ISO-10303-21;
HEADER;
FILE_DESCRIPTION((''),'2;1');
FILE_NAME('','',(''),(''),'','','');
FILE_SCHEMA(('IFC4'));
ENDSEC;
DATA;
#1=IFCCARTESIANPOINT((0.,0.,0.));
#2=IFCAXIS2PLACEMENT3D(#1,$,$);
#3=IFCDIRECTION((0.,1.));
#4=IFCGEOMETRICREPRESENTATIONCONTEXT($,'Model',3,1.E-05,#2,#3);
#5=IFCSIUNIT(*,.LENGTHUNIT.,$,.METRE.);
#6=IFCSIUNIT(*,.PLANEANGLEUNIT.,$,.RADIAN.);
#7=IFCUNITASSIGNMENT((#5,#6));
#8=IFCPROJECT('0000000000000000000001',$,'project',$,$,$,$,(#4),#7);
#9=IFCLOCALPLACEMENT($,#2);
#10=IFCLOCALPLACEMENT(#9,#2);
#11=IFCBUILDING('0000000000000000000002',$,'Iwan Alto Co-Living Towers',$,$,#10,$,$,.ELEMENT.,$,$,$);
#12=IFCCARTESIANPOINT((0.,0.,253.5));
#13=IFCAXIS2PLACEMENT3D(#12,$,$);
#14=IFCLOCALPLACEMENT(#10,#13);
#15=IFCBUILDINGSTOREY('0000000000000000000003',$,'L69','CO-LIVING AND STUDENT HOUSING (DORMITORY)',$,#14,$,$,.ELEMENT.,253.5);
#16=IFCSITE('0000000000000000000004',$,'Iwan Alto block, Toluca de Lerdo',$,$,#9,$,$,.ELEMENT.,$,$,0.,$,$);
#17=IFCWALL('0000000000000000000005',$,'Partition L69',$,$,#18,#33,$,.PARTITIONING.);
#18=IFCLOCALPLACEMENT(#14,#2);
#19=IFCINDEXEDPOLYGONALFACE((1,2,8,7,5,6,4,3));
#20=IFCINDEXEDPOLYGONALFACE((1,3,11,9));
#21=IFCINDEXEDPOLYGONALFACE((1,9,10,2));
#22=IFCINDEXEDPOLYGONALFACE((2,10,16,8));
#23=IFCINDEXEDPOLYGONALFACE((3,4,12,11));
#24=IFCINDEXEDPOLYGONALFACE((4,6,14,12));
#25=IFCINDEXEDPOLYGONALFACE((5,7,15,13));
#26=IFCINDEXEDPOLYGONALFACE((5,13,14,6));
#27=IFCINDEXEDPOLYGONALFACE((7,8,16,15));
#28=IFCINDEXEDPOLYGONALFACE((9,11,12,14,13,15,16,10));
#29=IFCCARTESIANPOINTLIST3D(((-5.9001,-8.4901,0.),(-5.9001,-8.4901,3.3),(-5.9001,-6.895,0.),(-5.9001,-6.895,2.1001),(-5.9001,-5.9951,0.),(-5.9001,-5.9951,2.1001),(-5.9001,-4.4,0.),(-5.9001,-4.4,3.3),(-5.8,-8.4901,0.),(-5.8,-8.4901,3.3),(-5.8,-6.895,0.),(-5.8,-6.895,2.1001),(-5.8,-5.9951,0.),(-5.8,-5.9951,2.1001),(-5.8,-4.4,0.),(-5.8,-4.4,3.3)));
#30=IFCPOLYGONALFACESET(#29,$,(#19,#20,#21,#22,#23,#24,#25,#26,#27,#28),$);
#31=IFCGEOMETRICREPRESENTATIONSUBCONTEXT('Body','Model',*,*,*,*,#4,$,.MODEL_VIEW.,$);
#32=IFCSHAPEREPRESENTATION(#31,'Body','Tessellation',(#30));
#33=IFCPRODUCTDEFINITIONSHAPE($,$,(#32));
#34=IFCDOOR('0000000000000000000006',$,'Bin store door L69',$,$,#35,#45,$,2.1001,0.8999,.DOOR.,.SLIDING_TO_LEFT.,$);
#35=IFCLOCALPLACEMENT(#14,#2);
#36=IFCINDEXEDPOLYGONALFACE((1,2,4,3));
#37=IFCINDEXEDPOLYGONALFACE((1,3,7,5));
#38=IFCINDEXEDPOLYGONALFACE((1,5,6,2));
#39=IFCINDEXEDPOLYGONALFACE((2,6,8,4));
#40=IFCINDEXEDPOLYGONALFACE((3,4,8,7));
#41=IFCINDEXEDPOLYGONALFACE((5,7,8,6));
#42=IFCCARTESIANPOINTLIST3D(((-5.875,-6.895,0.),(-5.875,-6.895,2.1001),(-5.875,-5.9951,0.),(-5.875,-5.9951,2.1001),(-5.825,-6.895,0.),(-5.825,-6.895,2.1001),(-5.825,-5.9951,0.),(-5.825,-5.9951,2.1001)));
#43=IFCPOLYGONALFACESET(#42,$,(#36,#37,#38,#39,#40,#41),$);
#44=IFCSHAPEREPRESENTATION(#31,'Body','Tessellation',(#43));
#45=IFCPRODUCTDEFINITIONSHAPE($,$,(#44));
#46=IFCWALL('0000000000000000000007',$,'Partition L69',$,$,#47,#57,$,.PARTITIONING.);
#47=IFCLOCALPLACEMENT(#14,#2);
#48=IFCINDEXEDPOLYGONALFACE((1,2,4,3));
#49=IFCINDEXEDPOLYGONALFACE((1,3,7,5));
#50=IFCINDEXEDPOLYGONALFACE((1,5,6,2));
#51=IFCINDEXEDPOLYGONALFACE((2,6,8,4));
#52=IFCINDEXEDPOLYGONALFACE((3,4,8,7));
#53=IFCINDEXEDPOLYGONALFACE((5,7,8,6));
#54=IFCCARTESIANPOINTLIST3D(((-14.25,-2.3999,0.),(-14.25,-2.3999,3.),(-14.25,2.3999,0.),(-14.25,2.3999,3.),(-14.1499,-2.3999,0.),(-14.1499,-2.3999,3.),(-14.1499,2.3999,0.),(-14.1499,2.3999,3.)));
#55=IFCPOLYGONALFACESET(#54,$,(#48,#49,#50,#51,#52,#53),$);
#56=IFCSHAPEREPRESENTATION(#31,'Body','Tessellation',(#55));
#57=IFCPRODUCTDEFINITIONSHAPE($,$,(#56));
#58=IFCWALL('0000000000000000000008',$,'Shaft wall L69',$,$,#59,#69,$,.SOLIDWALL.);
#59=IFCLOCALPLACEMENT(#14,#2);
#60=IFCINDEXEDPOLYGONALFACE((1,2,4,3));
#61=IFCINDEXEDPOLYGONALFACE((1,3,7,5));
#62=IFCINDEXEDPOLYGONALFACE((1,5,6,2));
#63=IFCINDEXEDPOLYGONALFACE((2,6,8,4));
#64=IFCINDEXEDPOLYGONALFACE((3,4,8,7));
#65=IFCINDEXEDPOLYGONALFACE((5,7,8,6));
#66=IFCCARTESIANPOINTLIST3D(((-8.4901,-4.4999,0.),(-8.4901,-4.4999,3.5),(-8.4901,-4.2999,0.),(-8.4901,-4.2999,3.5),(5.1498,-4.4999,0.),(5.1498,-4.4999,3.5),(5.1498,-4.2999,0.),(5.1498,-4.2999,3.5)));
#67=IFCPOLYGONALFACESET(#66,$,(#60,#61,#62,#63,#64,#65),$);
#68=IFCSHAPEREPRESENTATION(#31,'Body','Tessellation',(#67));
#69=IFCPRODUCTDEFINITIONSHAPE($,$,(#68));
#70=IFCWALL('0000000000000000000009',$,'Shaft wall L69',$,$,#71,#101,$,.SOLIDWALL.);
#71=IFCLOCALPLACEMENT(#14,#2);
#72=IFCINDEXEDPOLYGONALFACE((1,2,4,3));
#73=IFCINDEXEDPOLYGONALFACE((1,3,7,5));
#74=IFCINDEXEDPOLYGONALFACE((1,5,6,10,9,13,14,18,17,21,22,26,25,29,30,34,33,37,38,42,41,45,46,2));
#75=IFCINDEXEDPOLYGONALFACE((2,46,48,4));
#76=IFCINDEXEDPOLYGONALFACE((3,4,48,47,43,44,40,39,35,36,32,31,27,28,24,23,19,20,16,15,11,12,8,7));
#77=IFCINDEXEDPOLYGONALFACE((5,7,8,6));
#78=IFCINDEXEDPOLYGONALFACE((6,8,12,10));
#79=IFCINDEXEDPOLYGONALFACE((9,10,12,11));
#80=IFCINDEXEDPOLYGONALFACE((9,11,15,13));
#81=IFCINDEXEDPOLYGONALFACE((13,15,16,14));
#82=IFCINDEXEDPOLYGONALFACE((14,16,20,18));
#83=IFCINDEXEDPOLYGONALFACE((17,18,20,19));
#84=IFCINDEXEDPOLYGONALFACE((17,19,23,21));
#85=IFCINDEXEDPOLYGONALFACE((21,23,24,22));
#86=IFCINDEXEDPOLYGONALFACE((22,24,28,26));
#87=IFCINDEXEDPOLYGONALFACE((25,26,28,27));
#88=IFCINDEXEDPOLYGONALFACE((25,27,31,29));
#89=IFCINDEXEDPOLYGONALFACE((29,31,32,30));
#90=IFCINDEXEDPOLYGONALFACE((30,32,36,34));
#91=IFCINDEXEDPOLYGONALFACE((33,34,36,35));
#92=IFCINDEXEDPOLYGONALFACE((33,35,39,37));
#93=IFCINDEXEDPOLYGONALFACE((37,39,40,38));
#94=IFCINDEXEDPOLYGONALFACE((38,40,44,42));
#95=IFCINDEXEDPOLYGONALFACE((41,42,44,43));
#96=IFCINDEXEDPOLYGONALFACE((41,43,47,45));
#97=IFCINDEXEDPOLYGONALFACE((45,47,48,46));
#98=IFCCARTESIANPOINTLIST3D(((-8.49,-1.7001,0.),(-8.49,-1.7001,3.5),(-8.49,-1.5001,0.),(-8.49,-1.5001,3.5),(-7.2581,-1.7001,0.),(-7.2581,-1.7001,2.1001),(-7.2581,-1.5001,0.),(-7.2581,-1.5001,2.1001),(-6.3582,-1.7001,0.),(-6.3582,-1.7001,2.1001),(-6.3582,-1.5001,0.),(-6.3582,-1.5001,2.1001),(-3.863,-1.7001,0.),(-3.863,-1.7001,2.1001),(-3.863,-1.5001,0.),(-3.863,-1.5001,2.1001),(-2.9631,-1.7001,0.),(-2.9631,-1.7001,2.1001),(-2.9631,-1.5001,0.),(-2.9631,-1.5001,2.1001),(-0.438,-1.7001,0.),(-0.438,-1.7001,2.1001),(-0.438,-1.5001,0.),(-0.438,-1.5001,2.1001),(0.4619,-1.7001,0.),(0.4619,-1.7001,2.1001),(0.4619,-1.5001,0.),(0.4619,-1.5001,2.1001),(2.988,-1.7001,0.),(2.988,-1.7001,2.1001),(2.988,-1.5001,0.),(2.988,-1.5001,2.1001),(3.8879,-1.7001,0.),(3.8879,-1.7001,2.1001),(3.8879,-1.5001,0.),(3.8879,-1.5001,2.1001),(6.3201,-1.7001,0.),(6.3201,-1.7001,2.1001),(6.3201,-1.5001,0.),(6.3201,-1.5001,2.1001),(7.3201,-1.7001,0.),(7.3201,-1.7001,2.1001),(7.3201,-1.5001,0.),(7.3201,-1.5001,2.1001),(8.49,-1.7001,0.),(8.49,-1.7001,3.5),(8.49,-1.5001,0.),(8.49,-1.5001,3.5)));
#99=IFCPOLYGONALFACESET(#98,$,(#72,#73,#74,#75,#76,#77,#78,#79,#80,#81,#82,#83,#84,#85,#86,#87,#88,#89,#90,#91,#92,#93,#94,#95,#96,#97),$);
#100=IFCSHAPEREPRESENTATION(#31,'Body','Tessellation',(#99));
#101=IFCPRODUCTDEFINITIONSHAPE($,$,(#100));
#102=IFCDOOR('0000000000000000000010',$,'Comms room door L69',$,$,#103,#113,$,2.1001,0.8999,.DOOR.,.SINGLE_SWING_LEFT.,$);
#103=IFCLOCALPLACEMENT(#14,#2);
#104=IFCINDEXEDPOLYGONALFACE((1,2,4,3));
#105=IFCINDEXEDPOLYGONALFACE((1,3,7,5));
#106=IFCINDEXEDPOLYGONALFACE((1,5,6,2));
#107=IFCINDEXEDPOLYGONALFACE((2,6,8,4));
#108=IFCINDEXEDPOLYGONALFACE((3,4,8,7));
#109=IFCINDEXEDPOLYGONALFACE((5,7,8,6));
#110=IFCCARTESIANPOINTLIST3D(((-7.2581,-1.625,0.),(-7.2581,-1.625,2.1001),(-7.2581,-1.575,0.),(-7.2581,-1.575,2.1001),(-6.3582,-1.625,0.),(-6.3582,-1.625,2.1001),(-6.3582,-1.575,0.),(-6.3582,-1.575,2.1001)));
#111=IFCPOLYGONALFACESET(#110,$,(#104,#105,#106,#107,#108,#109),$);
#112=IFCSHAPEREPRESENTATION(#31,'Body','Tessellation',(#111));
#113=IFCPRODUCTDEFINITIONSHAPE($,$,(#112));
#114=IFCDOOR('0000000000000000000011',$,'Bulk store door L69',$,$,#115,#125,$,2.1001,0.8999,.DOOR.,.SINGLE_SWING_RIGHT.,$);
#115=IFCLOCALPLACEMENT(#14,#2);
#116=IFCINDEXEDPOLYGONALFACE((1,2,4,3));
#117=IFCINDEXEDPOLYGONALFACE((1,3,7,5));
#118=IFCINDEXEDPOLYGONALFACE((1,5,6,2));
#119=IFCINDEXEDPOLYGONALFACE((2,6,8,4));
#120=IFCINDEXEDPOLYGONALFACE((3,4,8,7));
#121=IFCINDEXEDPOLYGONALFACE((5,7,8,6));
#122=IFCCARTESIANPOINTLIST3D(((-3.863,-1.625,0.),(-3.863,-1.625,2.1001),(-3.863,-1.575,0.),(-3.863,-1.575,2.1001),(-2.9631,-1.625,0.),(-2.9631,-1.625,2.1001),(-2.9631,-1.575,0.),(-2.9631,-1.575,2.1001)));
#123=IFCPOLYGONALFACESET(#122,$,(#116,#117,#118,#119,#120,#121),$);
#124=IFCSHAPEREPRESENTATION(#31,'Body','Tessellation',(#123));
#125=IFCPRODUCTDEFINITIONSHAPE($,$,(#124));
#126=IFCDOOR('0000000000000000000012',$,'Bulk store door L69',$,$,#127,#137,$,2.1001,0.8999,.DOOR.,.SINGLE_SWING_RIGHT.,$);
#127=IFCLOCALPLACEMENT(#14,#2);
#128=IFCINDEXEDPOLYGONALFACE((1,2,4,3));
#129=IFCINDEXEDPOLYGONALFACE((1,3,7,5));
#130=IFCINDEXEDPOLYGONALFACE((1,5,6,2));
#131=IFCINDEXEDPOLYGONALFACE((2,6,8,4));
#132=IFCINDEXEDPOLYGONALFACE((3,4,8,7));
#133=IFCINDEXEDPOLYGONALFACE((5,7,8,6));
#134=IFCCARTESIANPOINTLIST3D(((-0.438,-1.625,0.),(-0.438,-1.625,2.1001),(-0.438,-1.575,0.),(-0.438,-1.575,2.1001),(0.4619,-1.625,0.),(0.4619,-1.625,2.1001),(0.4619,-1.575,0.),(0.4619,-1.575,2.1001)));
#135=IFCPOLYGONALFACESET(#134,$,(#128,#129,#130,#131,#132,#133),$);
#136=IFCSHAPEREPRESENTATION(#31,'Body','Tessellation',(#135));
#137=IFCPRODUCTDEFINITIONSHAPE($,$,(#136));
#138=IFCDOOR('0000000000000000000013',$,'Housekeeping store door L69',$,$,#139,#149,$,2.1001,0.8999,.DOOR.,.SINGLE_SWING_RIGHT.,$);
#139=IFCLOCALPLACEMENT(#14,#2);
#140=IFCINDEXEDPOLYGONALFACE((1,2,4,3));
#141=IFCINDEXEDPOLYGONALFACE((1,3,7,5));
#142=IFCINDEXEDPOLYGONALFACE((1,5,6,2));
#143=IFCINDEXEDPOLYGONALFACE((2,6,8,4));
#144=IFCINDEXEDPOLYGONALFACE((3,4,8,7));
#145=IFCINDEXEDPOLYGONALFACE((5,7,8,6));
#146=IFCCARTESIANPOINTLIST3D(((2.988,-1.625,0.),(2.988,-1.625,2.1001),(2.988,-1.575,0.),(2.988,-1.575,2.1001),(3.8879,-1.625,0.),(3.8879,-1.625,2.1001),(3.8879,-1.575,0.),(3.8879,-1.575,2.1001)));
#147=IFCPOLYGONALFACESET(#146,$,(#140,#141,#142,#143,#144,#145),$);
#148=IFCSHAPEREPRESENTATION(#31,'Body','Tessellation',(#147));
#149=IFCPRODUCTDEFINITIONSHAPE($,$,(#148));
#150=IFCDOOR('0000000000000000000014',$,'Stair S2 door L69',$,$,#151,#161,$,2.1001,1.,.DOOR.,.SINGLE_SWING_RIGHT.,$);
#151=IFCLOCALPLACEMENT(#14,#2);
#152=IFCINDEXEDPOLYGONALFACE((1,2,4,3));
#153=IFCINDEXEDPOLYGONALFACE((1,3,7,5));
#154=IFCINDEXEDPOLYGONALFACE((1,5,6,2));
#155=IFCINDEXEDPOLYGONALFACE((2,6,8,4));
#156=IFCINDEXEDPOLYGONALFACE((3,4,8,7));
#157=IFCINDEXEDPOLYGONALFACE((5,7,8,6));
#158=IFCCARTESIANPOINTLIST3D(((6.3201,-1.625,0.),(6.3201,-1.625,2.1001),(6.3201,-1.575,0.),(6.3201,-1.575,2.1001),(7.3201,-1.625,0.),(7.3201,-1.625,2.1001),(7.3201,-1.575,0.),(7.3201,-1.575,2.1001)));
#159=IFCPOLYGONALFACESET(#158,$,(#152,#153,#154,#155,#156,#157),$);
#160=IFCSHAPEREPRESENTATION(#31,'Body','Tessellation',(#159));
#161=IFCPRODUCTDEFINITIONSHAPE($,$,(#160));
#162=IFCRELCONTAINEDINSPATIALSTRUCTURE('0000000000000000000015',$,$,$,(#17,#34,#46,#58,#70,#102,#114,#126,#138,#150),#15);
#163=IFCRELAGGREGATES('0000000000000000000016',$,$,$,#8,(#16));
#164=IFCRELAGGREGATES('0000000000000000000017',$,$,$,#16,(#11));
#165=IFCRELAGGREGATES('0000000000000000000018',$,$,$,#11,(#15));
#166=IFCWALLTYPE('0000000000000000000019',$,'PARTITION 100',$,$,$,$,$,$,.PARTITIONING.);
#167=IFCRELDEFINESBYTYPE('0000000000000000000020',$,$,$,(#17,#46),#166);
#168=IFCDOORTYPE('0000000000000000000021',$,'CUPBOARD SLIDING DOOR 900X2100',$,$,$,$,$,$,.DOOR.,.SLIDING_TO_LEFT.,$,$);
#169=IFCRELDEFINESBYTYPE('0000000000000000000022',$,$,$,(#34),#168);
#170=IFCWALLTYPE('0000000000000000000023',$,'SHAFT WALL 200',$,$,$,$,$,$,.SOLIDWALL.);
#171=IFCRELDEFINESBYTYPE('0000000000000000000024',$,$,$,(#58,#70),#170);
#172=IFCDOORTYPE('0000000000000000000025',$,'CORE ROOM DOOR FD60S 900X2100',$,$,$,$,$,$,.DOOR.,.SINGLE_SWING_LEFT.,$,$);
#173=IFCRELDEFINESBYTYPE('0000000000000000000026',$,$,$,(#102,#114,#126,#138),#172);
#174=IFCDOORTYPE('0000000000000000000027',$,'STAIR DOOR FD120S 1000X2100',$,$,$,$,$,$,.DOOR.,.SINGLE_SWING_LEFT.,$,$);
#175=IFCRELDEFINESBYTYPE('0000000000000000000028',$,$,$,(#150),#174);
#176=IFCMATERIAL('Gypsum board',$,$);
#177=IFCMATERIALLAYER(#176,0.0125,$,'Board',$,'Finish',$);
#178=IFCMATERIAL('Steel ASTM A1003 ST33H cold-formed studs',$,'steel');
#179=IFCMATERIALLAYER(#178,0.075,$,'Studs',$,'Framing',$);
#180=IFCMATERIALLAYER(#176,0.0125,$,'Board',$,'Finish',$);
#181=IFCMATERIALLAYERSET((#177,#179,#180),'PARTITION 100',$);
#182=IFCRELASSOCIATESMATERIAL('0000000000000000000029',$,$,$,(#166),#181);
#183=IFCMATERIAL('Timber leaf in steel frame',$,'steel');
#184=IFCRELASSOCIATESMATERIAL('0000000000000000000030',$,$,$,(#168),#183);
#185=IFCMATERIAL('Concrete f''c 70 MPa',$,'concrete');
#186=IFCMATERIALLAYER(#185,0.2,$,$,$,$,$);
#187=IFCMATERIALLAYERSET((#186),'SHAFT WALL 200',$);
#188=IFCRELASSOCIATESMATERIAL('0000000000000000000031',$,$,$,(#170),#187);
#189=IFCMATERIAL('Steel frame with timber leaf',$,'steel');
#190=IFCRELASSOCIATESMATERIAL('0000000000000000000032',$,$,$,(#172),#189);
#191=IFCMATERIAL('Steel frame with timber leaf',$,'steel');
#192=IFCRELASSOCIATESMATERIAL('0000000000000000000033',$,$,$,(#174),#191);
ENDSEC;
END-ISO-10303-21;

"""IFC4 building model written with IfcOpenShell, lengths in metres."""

from ifc_helpers import new_model, si_unit, direction, frame, frame_2d, origin, place, context, subcontext, project, spatial, rectangle, extrude, material, layer, layer_set, type_object, element, fill, save


model = new_model("IFC4")

# Units and contexts
model_context = context("Model", 3, precision=1e-05, world=origin(), true_north=direction((0.0, 1.0)))
body_context = subcontext(model_context, "Body", "Model", "MODEL_VIEW")
ifc_project = project(units=[si_unit("LENGTHUNIT", "METRE"), si_unit("PLANEANGLEUNIT", "RADIAN")], contexts=[model_context])

# Site, building, storey
site_placement = place(None, origin())
site = spatial("IfcSite", under=ifc_project, at=site_placement, Name="Iwan Alto block, Toluca de Lerdo", CompositionType="ELEMENT", RefElevation=0.0)
building_placement = place(site_placement, origin())
building = spatial("IfcBuilding", under=site, at=building_placement, Name="Iwan Alto Co-Living Towers", CompositionType="ELEMENT")
storey_placement = place(building_placement, frame((0.0, 0.0, 253.5)))
storey = spatial("IfcBuildingStorey", under=building, at=storey_placement, Name="L69", Description="CO-LIVING AND STUDENT HOUSING (DORMITORY)", CompositionType="ELEMENT", Elevation=253.5)

# Wall, opening, door
ifc_material_1 = material(Name="Gypsum board")
ifc_layer_1 = layer(ifc_material_1, 0.0125, Name="Board", Category="Finish")
ifc_material_2 = material(Name="Steel ASTM A1003 ST33H cold-formed studs", Category="steel")
ifc_layer_2 = layer(ifc_material_2, 0.075, Name="Studs", Category="Framing")
ifc_layer_3 = layer(ifc_material_1, 0.0125, Name="Board", Category="Finish")
ifc_layer_set_1 = layer_set([ifc_layer_1, ifc_layer_2, ifc_layer_3], Name="PARTITION 100")
wall_type_1 = type_object("IfcWallType", Name="PARTITION 100", PredefinedType="PARTITIONING", material=ifc_layer_set_1)
wall_1_placement = place(storey_placement, frame((-5.8501, -8.49, 0.0), z_axis=(0.0, 0.0, 1.0), x_axis=(0.0, 1.0, 0.0)))
wall_1 = element("IfcWall", 1, at=wall_1_placement, inside=storey, type_object=wall_type_1, Name="Partition L69", PredefinedType="PARTITIONING", context=body_context, shape_type="SweptSolid", body=[
    extrude(rectangle(XDim=4.0901, YDim=0.1001, at=frame_2d((2.0449, 0.0))), origin(), (0.0, 0.0, 1.0), 3.3),
])
opening_1_placement = place(wall_1_placement, frame((1.595, 0.0, 0.0)))
opening_1 = element("IfcOpeningElement", 2, at=opening_1_placement, cuts=wall_1, PredefinedType="OPENING", context=body_context, shape_type="SweptSolid", body=[
    extrude(rectangle(XDim=0.8999, YDim=2.1001, at=frame_2d((0.45, 1.05))), frame((0.0, 0.0601, 0.0), z_axis=(0.0, -1.0, 0.0), x_axis=(1.0, 0.0, 0.0)), (0.0, 0.0, 1.0), 0.1201),
])
ifc_material_3 = material(Name="Timber leaf in steel frame", Category="steel")
door_type_1 = type_object("IfcDoorType", Name="CUPBOARD SLIDING DOOR 900X2100", OperationType="SLIDING_TO_LEFT", PredefinedType="DOOR", material=ifc_material_3)
door_1_placement = place(opening_1_placement, origin())
door_1 = element("IfcDoor", 3, at=door_1_placement, inside=storey, type_object=door_type_1, Name="Bin store door L69", OperationType="SLIDING_TO_LEFT", OverallHeight=2.1001, OverallWidth=0.8999, PredefinedType="DOOR", context=body_context, shape_type="SweptSolid", body=[
    extrude(rectangle(XDim=0.8999, YDim=2.1001, at=frame_2d((0.45, 1.05))), frame((0.0, 0.0249, 0.0), z_axis=(0.0, -1.0, 0.0), x_axis=(1.0, 0.0, 0.0)), (0.0, 0.0, 1.0), 0.05),
])
fill(opening_1, door_1)

# Walls
wall_2_placement = place(storey_placement, frame((-14.2, -2.3999, 0.0), z_axis=(0.0, 0.0, 1.0), x_axis=(0.0, 1.0, 0.0)))
element("IfcWall", 4, at=wall_2_placement, inside=storey, type_object=wall_type_1, Name="Partition L69", PredefinedType="PARTITIONING", context=body_context, shape_type="SweptSolid", body=[
    extrude(rectangle(XDim=4.7998, YDim=0.1001, at=frame_2d((2.3999, 0.0))), origin(), (0.0, 0.0, 1.0), 3.0),
])
ifc_material_4 = material(Name="Concrete f'c 70 MPa", Category="concrete")
ifc_layer_4 = layer(ifc_material_4, 0.2)
ifc_layer_set_2 = layer_set([ifc_layer_4], Name="SHAFT WALL 200")
wall_type_2 = type_object("IfcWallType", Name="SHAFT WALL 200", PredefinedType="SOLIDWALL", material=ifc_layer_set_2)
wall_3_placement = place(storey_placement, frame((-8.49, -4.3999, 0.0), z_axis=(0.0, 0.0, 1.0), x_axis=(1.0, 0.0, 0.0)))
element("IfcWall", 5, at=wall_3_placement, inside=storey, type_object=wall_type_2, Name="Shaft wall L69", PredefinedType="SOLIDWALL", context=body_context, shape_type="SweptSolid", body=[
    extrude(rectangle(XDim=13.6399, YDim=0.2, at=frame_2d((6.8198, 0.0))), origin(), (0.0, 0.0, 1.0), 3.5),
])

# Wall, openings, doors
wall_4_placement = place(storey_placement, frame((-8.49, -1.6001, 0.0), z_axis=(0.0, 0.0, 1.0), x_axis=(1.0, 0.0, 0.0)))
wall_4 = element("IfcWall", 6, at=wall_4_placement, inside=storey, type_object=wall_type_2, Name="Shaft wall L69", PredefinedType="SOLIDWALL", context=body_context, shape_type="SweptSolid", body=[
    extrude(rectangle(XDim=16.98, YDim=0.2, at=frame_2d((8.49, 0.0))), origin(), (0.0, 0.0, 1.0), 3.5),
])
opening_2_placement = place(wall_4_placement, frame((14.8101, 0.0, 0.0)))
opening_2 = element("IfcOpeningElement", 7, at=opening_2_placement, cuts=wall_4, PredefinedType="OPENING", context=body_context, shape_type="SweptSolid", body=[
    extrude(rectangle(XDim=1.0, YDim=2.1001, at=frame_2d((0.5, 1.05))), frame((0.0, 0.1099, 0.0), z_axis=(0.0, -1.0, 0.0), x_axis=(1.0, 0.0, 0.0)), (0.0, 0.0, 1.0), 0.22),
])
opening_3_placement = place(wall_4_placement, frame((1.2319, 0.0, 0.0)))
opening_3 = element("IfcOpeningElement", 8, at=opening_3_placement, cuts=wall_4, PredefinedType="OPENING", context=body_context, shape_type="SweptSolid", body=[
    extrude(rectangle(XDim=0.8999, YDim=2.1001, at=frame_2d((0.45, 1.05))), frame((0.0, 0.1099, 0.0), z_axis=(0.0, -1.0, 0.0), x_axis=(1.0, 0.0, 0.0)), (0.0, 0.0, 1.0), 0.22),
])
opening_4_placement = place(wall_4_placement, frame((4.627, 0.0, 0.0)))
opening_4 = element("IfcOpeningElement", 9, at=opening_4_placement, cuts=wall_4, PredefinedType="OPENING", context=body_context, shape_type="SweptSolid", body=[
    extrude(rectangle(XDim=0.8999, YDim=2.1001, at=frame_2d((0.45, 1.05))), frame((0.0, 0.1099, 0.0), z_axis=(0.0, -1.0, 0.0), x_axis=(1.0, 0.0, 0.0)), (0.0, 0.0, 1.0), 0.22),
])
opening_5_placement = place(wall_4_placement, frame((8.052, 0.0, 0.0)))
opening_5 = element("IfcOpeningElement", 10, at=opening_5_placement, cuts=wall_4, PredefinedType="OPENING", context=body_context, shape_type="SweptSolid", body=[
    extrude(rectangle(XDim=0.8999, YDim=2.1001, at=frame_2d((0.45, 1.05))), frame((0.0, 0.1099, 0.0), z_axis=(0.0, -1.0, 0.0), x_axis=(1.0, 0.0, 0.0)), (0.0, 0.0, 1.0), 0.22),
])
opening_6_placement = place(wall_4_placement, frame((11.478, 0.0, 0.0)))
opening_6 = element("IfcOpeningElement", 11, at=opening_6_placement, cuts=wall_4, PredefinedType="OPENING", context=body_context, shape_type="SweptSolid", body=[
    extrude(rectangle(XDim=0.8999, YDim=2.1001, at=frame_2d((0.45, 1.05))), frame((0.0, 0.1099, 0.0), z_axis=(0.0, -1.0, 0.0), x_axis=(1.0, 0.0, 0.0)), (0.0, 0.0, 1.0), 0.22),
])
ifc_material_5 = material(Name="Steel frame with timber leaf", Category="steel")
door_type_2 = type_object("IfcDoorType", Name="CORE ROOM DOOR FD60S 900X2100", OperationType="SINGLE_SWING_LEFT", PredefinedType="DOOR", material=ifc_material_5)
door_2_placement = place(opening_3_placement, frame((0.8999, 0.0, 0.0), z_axis=(0.0, 0.0, 1.0), x_axis=(-1.0, 0.0, 0.0)))
door_2 = element("IfcDoor", 12, at=door_2_placement, inside=storey, type_object=door_type_2, Name="Comms room door L69", OperationType="SINGLE_SWING_LEFT", OverallHeight=2.1001, OverallWidth=0.8999, PredefinedType="DOOR", context=body_context, shape_type="SweptSolid", body=[
    extrude(rectangle(XDim=0.8999, YDim=2.1001, at=frame_2d((0.45, 1.05))), frame((0.0, 0.0249, 0.0), z_axis=(0.0, -1.0, 0.0), x_axis=(1.0, 0.0, 0.0)), (0.0, 0.0, 1.0), 0.05),
])
fill(opening_3, door_2)
door_3_placement = place(opening_4_placement, frame((0.8999, 0.0, 0.0), z_axis=(0.0, 0.0, 1.0), x_axis=(-1.0, 0.0, 0.0)))
door_3 = element("IfcDoor", 13, at=door_3_placement, inside=storey, type_object=door_type_2, Name="Bulk store door L69", OperationType="SINGLE_SWING_RIGHT", OverallHeight=2.1001, OverallWidth=0.8999, PredefinedType="DOOR", context=body_context, shape_type="SweptSolid", body=[
    extrude(rectangle(XDim=0.8999, YDim=2.1001, at=frame_2d((0.45, 1.05))), frame((0.0, 0.0249, 0.0), z_axis=(0.0, -1.0, 0.0), x_axis=(1.0, 0.0, 0.0)), (0.0, 0.0, 1.0), 0.05),
])
fill(opening_4, door_3)
door_4_placement = place(opening_5_placement, frame((0.8999, 0.0, 0.0), z_axis=(0.0, 0.0, 1.0), x_axis=(-1.0, 0.0, 0.0)))
door_4 = element("IfcDoor", 14, at=door_4_placement, inside=storey, type_object=door_type_2, Name="Bulk store door L69", OperationType="SINGLE_SWING_RIGHT", OverallHeight=2.1001, OverallWidth=0.8999, PredefinedType="DOOR", context=body_context, shape_type="SweptSolid", body=[
    extrude(rectangle(XDim=0.8999, YDim=2.1001, at=frame_2d((0.45, 1.05))), frame((0.0, 0.0249, 0.0), z_axis=(0.0, -1.0, 0.0), x_axis=(1.0, 0.0, 0.0)), (0.0, 0.0, 1.0), 0.05),
])
fill(opening_5, door_4)
door_5_placement = place(opening_6_placement, frame((0.8999, 0.0, 0.0), z_axis=(0.0, 0.0, 1.0), x_axis=(-1.0, 0.0, 0.0)))
door_5 = element("IfcDoor", 15, at=door_5_placement, inside=storey, type_object=door_type_2, Name="Housekeeping store door L69", OperationType="SINGLE_SWING_RIGHT", OverallHeight=2.1001, OverallWidth=0.8999, PredefinedType="DOOR", context=body_context, shape_type="SweptSolid", body=[
    extrude(rectangle(XDim=0.8999, YDim=2.1001, at=frame_2d((0.45, 1.05))), frame((0.0, 0.0249, 0.0), z_axis=(0.0, -1.0, 0.0), x_axis=(1.0, 0.0, 0.0)), (0.0, 0.0, 1.0), 0.05),
])
fill(opening_6, door_5)
ifc_material_6 = material(Name="Steel frame with timber leaf", Category="steel")
door_type_3 = type_object("IfcDoorType", Name="STAIR DOOR FD120S 1000X2100", OperationType="SINGLE_SWING_LEFT", PredefinedType="DOOR", material=ifc_material_6)
door_6_placement = place(opening_2_placement, frame((1.0, 0.0, 0.0), z_axis=(0.0, 0.0, 1.0), x_axis=(-1.0, 0.0, 0.0)))
door_6 = element("IfcDoor", 16, at=door_6_placement, inside=storey, type_object=door_type_3, Name="Stair S2 door L69", OperationType="SINGLE_SWING_RIGHT", OverallHeight=2.1001, OverallWidth=1.0, PredefinedType="DOOR", context=body_context, shape_type="SweptSolid", body=[
    extrude(rectangle(XDim=1.0, YDim=2.1001, at=frame_2d((0.5, 1.05))), frame((0.0, 0.0249, 0.0), z_axis=(0.0, -1.0, 0.0), x_axis=(1.0, 0.0, 0.0)), (0.0, 0.0, 1.0), 0.05),
])
fill(opening_2, door_6)

save(model, "model.ifc")
